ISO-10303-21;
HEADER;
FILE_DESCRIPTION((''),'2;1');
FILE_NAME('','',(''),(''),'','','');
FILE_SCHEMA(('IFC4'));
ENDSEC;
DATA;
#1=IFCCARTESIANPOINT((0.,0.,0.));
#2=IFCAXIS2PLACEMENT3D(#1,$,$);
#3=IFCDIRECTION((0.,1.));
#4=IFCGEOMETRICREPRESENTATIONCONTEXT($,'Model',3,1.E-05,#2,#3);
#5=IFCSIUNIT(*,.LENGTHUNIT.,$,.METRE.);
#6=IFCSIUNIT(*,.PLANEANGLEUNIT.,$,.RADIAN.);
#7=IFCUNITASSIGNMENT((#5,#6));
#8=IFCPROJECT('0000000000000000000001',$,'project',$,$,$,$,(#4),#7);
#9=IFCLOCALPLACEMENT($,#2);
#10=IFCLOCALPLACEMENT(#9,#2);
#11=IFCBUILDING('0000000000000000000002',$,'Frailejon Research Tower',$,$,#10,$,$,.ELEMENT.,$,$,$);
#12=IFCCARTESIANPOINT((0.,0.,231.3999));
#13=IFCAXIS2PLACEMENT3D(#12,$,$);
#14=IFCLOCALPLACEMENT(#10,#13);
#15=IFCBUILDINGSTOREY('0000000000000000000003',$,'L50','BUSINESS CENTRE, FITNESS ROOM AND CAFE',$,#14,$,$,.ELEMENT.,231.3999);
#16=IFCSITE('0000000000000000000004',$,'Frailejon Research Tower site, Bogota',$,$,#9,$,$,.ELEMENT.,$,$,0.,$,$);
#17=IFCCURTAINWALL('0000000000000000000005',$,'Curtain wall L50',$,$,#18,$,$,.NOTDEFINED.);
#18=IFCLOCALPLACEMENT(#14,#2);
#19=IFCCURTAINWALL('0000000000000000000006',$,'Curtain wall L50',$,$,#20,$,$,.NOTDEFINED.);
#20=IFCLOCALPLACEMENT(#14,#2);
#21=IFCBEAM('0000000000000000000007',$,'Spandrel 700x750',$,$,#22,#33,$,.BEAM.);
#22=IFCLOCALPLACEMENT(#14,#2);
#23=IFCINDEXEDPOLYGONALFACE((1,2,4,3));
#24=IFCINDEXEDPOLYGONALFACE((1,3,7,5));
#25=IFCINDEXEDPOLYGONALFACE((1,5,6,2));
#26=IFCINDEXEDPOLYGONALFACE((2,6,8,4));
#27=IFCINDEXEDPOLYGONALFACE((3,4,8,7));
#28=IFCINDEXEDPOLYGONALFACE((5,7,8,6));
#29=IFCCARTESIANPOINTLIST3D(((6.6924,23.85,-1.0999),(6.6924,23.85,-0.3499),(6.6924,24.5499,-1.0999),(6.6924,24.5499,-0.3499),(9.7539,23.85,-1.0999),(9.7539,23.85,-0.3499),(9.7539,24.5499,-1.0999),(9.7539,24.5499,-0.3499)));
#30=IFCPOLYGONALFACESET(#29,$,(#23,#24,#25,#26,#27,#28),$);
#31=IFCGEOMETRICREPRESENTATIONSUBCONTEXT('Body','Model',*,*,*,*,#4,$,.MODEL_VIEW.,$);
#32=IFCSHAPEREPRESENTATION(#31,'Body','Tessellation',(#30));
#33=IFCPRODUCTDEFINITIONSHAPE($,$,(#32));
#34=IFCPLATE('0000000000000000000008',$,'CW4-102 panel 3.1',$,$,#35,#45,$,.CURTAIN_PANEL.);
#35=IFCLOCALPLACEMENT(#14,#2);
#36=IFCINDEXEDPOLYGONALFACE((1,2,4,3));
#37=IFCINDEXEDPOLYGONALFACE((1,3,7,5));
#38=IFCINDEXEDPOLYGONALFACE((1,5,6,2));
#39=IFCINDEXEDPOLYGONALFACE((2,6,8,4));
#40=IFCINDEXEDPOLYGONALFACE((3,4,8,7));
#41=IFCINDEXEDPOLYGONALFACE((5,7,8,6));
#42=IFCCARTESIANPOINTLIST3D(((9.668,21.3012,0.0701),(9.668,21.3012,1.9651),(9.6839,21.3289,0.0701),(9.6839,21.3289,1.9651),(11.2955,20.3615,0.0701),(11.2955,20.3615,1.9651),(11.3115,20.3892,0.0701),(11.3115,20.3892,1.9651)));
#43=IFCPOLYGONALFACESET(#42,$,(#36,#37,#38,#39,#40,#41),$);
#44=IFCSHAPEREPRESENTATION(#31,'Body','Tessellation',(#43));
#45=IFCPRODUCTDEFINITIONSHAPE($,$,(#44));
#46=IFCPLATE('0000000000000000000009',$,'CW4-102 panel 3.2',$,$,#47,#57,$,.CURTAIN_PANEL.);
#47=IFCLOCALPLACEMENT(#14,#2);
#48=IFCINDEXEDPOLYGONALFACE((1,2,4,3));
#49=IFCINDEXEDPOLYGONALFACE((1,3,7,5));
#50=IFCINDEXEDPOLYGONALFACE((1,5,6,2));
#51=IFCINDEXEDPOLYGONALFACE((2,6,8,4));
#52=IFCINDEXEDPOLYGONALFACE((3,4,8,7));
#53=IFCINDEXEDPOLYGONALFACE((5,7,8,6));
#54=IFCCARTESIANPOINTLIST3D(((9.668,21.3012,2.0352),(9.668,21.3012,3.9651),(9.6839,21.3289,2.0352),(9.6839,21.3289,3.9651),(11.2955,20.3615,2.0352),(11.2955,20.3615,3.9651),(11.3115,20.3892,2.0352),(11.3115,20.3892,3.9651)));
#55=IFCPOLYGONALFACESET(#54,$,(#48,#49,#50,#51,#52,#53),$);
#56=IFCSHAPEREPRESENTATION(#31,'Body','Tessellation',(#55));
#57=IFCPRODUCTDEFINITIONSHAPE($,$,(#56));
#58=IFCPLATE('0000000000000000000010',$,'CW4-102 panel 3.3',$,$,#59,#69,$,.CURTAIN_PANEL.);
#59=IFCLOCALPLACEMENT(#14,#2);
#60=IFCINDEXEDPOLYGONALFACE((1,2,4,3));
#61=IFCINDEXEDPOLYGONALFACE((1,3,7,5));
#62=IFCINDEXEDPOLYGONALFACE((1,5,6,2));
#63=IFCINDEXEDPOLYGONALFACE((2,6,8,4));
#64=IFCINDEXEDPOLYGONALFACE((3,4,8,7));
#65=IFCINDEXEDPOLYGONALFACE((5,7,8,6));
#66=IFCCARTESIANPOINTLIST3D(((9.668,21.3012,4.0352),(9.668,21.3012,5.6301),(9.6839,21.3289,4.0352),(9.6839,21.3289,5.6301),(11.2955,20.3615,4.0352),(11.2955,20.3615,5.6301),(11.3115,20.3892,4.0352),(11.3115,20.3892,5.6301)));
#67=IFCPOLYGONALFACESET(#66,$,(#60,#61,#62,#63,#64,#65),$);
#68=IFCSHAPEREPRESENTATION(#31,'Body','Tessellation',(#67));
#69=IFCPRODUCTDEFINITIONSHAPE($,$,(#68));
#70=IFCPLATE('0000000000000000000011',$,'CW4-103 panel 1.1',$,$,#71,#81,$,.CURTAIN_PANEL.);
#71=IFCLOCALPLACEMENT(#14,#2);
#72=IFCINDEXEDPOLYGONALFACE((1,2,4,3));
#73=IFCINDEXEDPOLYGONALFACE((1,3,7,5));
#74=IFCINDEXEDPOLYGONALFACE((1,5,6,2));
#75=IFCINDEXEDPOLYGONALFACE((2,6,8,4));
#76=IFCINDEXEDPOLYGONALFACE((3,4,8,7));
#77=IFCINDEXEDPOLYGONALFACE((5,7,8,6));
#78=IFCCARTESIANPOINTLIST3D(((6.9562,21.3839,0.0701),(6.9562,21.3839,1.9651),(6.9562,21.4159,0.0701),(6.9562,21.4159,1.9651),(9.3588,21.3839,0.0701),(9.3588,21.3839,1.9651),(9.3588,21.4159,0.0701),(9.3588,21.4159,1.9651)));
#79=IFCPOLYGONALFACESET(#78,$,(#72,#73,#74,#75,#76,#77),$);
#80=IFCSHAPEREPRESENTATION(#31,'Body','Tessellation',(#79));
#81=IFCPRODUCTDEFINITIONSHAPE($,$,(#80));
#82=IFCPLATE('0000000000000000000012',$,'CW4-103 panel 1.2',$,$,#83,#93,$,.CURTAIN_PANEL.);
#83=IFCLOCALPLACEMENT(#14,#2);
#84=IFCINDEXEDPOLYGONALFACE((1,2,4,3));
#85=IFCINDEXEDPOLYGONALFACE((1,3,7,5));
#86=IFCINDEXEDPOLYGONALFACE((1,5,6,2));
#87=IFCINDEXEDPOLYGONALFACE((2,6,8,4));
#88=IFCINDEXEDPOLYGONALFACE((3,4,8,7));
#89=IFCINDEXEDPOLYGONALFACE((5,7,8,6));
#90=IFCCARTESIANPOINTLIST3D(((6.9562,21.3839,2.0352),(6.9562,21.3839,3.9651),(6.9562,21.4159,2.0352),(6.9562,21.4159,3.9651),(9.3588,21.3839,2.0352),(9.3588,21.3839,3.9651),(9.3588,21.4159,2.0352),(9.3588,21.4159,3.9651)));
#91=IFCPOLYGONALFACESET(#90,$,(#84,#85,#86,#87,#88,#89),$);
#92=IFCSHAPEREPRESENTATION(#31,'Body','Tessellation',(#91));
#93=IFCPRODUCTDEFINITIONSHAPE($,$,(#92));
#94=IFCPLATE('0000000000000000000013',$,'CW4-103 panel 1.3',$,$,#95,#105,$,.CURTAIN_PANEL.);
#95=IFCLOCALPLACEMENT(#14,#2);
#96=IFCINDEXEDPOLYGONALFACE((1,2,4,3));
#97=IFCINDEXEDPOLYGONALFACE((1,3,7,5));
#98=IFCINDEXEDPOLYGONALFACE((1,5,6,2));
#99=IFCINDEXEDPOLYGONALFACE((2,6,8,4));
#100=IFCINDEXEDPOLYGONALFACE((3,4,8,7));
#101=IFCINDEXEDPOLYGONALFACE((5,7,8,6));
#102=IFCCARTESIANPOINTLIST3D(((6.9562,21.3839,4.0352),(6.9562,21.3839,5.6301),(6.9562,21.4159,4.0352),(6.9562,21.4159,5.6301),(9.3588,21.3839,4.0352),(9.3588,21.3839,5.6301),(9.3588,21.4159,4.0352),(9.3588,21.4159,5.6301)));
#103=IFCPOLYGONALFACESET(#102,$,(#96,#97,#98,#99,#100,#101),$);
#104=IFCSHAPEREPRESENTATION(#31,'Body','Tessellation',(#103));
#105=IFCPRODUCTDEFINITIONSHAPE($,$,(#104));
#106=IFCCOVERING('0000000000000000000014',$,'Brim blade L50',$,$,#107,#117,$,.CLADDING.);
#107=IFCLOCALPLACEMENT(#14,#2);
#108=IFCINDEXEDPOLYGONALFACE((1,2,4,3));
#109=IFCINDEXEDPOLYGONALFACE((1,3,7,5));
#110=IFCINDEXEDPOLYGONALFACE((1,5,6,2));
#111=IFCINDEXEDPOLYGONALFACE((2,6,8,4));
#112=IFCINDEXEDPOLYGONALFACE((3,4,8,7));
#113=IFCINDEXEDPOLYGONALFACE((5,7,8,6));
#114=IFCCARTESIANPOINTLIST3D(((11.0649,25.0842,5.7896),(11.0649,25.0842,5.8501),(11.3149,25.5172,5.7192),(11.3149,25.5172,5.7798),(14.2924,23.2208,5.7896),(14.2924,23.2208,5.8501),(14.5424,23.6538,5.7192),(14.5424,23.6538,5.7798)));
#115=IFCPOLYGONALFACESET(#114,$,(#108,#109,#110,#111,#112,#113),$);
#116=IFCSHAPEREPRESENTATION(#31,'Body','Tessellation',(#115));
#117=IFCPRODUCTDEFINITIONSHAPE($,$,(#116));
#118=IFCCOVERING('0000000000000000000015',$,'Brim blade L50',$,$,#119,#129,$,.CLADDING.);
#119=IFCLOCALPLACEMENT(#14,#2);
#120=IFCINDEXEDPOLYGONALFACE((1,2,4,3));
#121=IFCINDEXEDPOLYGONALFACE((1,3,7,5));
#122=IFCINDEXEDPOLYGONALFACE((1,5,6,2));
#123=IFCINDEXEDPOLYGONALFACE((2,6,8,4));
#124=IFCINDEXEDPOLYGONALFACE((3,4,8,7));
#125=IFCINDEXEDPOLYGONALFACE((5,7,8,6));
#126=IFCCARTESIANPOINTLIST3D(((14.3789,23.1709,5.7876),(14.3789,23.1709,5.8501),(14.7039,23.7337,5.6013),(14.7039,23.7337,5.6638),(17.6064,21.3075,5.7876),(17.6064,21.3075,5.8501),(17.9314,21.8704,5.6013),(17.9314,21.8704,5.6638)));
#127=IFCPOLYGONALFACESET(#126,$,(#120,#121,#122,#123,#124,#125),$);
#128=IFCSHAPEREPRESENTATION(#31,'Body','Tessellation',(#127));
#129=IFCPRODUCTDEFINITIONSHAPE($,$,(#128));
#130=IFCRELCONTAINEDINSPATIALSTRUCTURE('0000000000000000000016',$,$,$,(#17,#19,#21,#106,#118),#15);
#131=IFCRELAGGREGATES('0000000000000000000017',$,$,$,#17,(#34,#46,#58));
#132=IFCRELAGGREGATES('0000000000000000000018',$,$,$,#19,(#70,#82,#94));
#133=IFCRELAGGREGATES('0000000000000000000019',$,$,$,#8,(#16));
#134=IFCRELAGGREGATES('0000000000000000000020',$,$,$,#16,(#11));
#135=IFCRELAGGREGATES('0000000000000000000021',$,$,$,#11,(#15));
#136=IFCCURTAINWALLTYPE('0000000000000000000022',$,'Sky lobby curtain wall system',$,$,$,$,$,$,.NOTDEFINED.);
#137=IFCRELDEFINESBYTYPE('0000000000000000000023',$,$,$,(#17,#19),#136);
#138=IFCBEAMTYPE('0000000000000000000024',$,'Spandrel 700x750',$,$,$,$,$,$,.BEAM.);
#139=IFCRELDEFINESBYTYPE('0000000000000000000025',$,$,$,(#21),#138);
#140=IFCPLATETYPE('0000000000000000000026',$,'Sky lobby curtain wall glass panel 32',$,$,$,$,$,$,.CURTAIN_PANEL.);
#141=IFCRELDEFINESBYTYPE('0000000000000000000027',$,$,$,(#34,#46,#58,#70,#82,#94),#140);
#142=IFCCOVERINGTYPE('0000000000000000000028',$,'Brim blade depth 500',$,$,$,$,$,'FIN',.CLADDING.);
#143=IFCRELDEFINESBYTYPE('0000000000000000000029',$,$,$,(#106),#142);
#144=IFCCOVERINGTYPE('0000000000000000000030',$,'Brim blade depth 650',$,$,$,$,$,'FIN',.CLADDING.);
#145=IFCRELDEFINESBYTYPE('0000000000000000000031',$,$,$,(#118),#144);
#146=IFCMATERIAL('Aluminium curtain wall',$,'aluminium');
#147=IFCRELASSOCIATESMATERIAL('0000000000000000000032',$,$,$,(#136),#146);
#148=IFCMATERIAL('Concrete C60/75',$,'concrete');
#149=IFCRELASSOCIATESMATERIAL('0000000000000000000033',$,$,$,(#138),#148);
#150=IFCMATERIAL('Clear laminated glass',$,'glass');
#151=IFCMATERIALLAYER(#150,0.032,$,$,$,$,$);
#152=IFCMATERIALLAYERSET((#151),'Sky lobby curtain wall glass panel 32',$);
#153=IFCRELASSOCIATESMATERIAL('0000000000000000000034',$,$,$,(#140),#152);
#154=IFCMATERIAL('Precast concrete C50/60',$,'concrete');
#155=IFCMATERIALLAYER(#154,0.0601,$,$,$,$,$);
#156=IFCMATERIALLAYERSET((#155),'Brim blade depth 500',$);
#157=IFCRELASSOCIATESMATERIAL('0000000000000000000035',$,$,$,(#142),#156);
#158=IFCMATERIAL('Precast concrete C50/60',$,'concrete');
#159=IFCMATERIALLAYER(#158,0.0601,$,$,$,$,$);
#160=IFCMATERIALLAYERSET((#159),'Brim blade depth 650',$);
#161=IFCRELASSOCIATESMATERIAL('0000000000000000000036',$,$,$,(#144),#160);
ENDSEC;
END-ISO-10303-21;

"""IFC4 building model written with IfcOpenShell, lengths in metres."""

from ifc_helpers import new_model, si_unit, direction, frame, origin, origin_2d, place, context, subcontext, project, spatial, polyline, rectangle, outline, extrude, material, layer, layer_set, material_profile, profile_set, type_object, element, aggregate, save


model = new_model("IFC4")

# Units and contexts
model_context = context("Model", 3, precision=1e-05, world=origin(), true_north=direction((0.0, 1.0)))
body_context = subcontext(model_context, "Body", "Model", "MODEL_VIEW")
ifc_project = project(units=[si_unit("LENGTHUNIT", "METRE"), si_unit("PLANEANGLEUNIT", "RADIAN")], contexts=[model_context])

# Site, building, storey
site_placement = place(None, origin())
site = spatial("IfcSite", under=ifc_project, at=site_placement, Name="Frailejon Research Tower site, Bogota", CompositionType="ELEMENT", RefElevation=0.0)
building_placement = place(site_placement, origin())
building = spatial("IfcBuilding", under=site, at=building_placement, Name="Frailejon Research Tower", CompositionType="ELEMENT")
storey_placement = place(building_placement, frame((0.0, 0.0, 231.3999)))
storey = spatial("IfcBuildingStorey", under=building, at=storey_placement, Name="L50", Description="BUSINESS CENTRE, FITNESS ROOM AND CAFE", CompositionType="ELEMENT", Elevation=231.3999)

# Curtain wall
ifc_material_1 = material(Name="Aluminium curtain wall", Category="aluminium")
curtain_wall_type = type_object("IfcCurtainWallType", Name="Sky lobby curtain wall system", PredefinedType="NOTDEFINED", material=ifc_material_1)
curtain_wall_1_placement = place(storey_placement, origin())
curtain_wall_1 = element("IfcCurtainWall", 1, at=curtain_wall_1_placement, inside=storey, type_object=curtain_wall_type, Name="Curtain wall L50", PredefinedType="NOTDEFINED")

# Curtain wall
curtain_wall_2_placement = place(storey_placement, origin())
curtain_wall_2 = element("IfcCurtainWall", 2, at=curtain_wall_2_placement, inside=storey, type_object=curtain_wall_type, Name="Curtain wall L50", PredefinedType="NOTDEFINED")

# Beam
ifc_material_2 = material(Name="Concrete C60/75", Category="concrete")
ifc_material_profile_1 = material_profile(ifc_material_2, rectangle(XDim=0.7, YDim=0.75, at=origin_2d()), Name="Spandrel 700x750")
ifc_profile_set_1 = profile_set([ifc_material_profile_1], Name="Concrete C60/75")
beam_type_1 = type_object("IfcBeamType", Name="Spandrel 700x750", PredefinedType="BEAM", material=ifc_profile_set_1)
beam_1_placement = place(storey_placement, frame((9.7539, 24.2, -0.7249), z_axis=(-1.0, 0.0, 0.0), x_axis=(0.0, -1.0, 0.0)))
element("IfcBeam", 3, at=beam_1_placement, inside=storey, type_object=beam_type_1, Name="Spandrel 700x750", PredefinedType="BEAM", context=body_context, shape_type="SweptSolid", body=[
    extrude(rectangle(XDim=0.7, YDim=0.75, at=origin_2d()), origin(), (0.0, 0.0, 1.0), 3.0615),
])

# Plates
ifc_material_3 = material(Name="Clear laminated glass", Category="glass")
ifc_layer_1 = layer(ifc_material_3, 0.032)
ifc_layer_set_1 = layer_set([ifc_layer_1], Name="Sky lobby curtain wall glass panel 32")
plate_type = type_object("IfcPlateType", Name="Sky lobby curtain wall glass panel 32", PredefinedType="CURTAIN_PANEL", material=ifc_layer_set_1)
plate_1_placement = place(storey_placement, frame((10.4897, 20.8452, 0.0701), z_axis=(0.0, 0.0, 1.0), x_axis=(-0.866019, 0.500011, 0.0)))
plate_1 = element("IfcPlate", 4, at=plate_1_placement, type_object=plate_type, Name="CW4-102 panel 3.1", PredefinedType="CURTAIN_PANEL", context=body_context, shape_type="SweptSolid", body=[
    extrude(rectangle(XDim=1.8794, YDim=0.032, at=origin_2d()), origin(), (0.0, 0.0, 1.0), 1.895),
])
plate_2_placement = place(storey_placement, frame((10.4897, 20.8452, 2.0352), z_axis=(0.0, 0.0, 1.0), x_axis=(-0.866019, 0.500011, 0.0)))
plate_2 = element("IfcPlate", 5, at=plate_2_placement, type_object=plate_type, Name="CW4-102 panel 3.2", PredefinedType="CURTAIN_PANEL", context=body_context, shape_type="SweptSolid", body=[
    extrude(rectangle(XDim=1.8794, YDim=0.032, at=origin_2d()), origin(), (0.0, 0.0, 1.0), 1.9299),
])
plate_3_placement = place(storey_placement, frame((10.4897, 20.8452, 4.0352), z_axis=(0.0, 0.0, 1.0), x_axis=(-0.866019, 0.500011, 0.0)))
plate_3 = element("IfcPlate", 6, at=plate_3_placement, type_object=plate_type, Name="CW4-102 panel 3.3", PredefinedType="CURTAIN_PANEL", context=body_context, shape_type="SweptSolid", body=[
    extrude(rectangle(XDim=1.8794, YDim=0.032, at=origin_2d()), origin(), (0.0, 0.0, 1.0), 1.595),
])
aggregate(curtain_wall_1, [plate_1, plate_2, plate_3])
plate_4_placement = place(storey_placement, frame((8.1575, 21.3999, 0.0701), z_axis=(0.0, 0.0, 1.0), x_axis=(-1.0, 0.0, 0.0)))
plate_4 = element("IfcPlate", 7, at=plate_4_placement, type_object=plate_type, Name="CW4-103 panel 1.1", PredefinedType="CURTAIN_PANEL", context=body_context, shape_type="SweptSolid", body=[
    extrude(rectangle(XDim=2.4026, YDim=0.032, at=origin_2d()), origin(), (0.0, 0.0, 1.0), 1.895),
])
plate_5_placement = place(storey_placement, frame((8.1575, 21.3999, 2.0352), z_axis=(0.0, 0.0, 1.0), x_axis=(-1.0, 0.0, 0.0)))
plate_5 = element("IfcPlate", 8, at=plate_5_placement, type_object=plate_type, Name="CW4-103 panel 1.2", PredefinedType="CURTAIN_PANEL", context=body_context, shape_type="SweptSolid", body=[
    extrude(rectangle(XDim=2.4026, YDim=0.032, at=origin_2d()), origin(), (0.0, 0.0, 1.0), 1.9299),
])
plate_6_placement = place(storey_placement, frame((8.1575, 21.3999, 4.0352), z_axis=(0.0, 0.0, 1.0), x_axis=(-1.0, 0.0, 0.0)))
plate_6 = element("IfcPlate", 9, at=plate_6_placement, type_object=plate_type, Name="CW4-103 panel 1.3", PredefinedType="CURTAIN_PANEL", context=body_context, shape_type="SweptSolid", body=[
    extrude(rectangle(XDim=2.4026, YDim=0.032, at=origin_2d()), origin(), (0.0, 0.0, 1.0), 1.595),
])
aggregate(curtain_wall_2, [plate_4, plate_5, plate_6])

# Coverings
ifc_material_4 = material(Name="Precast concrete C50/60", Category="concrete")
ifc_layer_2 = layer(ifc_material_4, 0.0601)
ifc_layer_set_2 = layer_set([ifc_layer_2], Name="Brim blade depth 500")
covering_type_1 = type_object("IfcCoveringType", Name="Brim blade depth 500", ElementType="FIN", PredefinedType="CLADDING", material=ifc_layer_set_2)
covering_1_placement = place(storey_placement, frame((11.0649, 25.0842, 5.8501), z_axis=(0.866025, -0.500001, 0.0), x_axis=(0.500001, 0.866025, 0.0)))
element("IfcCovering", 10, at=covering_1_placement, inside=storey, type_object=covering_type_1, Name="Brim blade L50", PredefinedType="CLADDING", context=body_context, shape_type="SweptSolid", body=[
    extrude(outline(polyline([(0.0, -0.0605), (0.5, -0.1309), (0.5, -0.0703), (0.0, 0.0), (0.0, -0.0605)])), origin(), (0.0, 0.0, 1.0), 3.7268),
])
ifc_material_5 = material(Name="Precast concrete C50/60", Category="concrete")
ifc_layer_3 = layer(ifc_material_5, 0.0601)
ifc_layer_set_3 = layer_set([ifc_layer_3], Name="Brim blade depth 650")
covering_type_2 = type_object("IfcCoveringType", Name="Brim blade depth 650", ElementType="FIN", PredefinedType="CLADDING", material=ifc_layer_set_3)
covering_2_placement = place(storey_placement, frame((14.3789, 23.1709, 5.8501), z_axis=(0.86603, -0.499992, 0.0), x_axis=(0.499992, 0.86603, 0.0)))
element("IfcCovering", 11, at=covering_2_placement, inside=storey, type_object=covering_type_2, Name="Brim blade L50", PredefinedType="CLADDING", context=body_context, shape_type="SweptSolid", body=[
    extrude(outline(polyline([(0.0, -0.0625), (0.6499, -0.2488), (0.6499, -0.1863), (0.0, 0.0), (0.0, -0.0625)])), origin(), (0.0, 0.0, 1.0), 3.7268),
])

save(model, "model.ifc")
